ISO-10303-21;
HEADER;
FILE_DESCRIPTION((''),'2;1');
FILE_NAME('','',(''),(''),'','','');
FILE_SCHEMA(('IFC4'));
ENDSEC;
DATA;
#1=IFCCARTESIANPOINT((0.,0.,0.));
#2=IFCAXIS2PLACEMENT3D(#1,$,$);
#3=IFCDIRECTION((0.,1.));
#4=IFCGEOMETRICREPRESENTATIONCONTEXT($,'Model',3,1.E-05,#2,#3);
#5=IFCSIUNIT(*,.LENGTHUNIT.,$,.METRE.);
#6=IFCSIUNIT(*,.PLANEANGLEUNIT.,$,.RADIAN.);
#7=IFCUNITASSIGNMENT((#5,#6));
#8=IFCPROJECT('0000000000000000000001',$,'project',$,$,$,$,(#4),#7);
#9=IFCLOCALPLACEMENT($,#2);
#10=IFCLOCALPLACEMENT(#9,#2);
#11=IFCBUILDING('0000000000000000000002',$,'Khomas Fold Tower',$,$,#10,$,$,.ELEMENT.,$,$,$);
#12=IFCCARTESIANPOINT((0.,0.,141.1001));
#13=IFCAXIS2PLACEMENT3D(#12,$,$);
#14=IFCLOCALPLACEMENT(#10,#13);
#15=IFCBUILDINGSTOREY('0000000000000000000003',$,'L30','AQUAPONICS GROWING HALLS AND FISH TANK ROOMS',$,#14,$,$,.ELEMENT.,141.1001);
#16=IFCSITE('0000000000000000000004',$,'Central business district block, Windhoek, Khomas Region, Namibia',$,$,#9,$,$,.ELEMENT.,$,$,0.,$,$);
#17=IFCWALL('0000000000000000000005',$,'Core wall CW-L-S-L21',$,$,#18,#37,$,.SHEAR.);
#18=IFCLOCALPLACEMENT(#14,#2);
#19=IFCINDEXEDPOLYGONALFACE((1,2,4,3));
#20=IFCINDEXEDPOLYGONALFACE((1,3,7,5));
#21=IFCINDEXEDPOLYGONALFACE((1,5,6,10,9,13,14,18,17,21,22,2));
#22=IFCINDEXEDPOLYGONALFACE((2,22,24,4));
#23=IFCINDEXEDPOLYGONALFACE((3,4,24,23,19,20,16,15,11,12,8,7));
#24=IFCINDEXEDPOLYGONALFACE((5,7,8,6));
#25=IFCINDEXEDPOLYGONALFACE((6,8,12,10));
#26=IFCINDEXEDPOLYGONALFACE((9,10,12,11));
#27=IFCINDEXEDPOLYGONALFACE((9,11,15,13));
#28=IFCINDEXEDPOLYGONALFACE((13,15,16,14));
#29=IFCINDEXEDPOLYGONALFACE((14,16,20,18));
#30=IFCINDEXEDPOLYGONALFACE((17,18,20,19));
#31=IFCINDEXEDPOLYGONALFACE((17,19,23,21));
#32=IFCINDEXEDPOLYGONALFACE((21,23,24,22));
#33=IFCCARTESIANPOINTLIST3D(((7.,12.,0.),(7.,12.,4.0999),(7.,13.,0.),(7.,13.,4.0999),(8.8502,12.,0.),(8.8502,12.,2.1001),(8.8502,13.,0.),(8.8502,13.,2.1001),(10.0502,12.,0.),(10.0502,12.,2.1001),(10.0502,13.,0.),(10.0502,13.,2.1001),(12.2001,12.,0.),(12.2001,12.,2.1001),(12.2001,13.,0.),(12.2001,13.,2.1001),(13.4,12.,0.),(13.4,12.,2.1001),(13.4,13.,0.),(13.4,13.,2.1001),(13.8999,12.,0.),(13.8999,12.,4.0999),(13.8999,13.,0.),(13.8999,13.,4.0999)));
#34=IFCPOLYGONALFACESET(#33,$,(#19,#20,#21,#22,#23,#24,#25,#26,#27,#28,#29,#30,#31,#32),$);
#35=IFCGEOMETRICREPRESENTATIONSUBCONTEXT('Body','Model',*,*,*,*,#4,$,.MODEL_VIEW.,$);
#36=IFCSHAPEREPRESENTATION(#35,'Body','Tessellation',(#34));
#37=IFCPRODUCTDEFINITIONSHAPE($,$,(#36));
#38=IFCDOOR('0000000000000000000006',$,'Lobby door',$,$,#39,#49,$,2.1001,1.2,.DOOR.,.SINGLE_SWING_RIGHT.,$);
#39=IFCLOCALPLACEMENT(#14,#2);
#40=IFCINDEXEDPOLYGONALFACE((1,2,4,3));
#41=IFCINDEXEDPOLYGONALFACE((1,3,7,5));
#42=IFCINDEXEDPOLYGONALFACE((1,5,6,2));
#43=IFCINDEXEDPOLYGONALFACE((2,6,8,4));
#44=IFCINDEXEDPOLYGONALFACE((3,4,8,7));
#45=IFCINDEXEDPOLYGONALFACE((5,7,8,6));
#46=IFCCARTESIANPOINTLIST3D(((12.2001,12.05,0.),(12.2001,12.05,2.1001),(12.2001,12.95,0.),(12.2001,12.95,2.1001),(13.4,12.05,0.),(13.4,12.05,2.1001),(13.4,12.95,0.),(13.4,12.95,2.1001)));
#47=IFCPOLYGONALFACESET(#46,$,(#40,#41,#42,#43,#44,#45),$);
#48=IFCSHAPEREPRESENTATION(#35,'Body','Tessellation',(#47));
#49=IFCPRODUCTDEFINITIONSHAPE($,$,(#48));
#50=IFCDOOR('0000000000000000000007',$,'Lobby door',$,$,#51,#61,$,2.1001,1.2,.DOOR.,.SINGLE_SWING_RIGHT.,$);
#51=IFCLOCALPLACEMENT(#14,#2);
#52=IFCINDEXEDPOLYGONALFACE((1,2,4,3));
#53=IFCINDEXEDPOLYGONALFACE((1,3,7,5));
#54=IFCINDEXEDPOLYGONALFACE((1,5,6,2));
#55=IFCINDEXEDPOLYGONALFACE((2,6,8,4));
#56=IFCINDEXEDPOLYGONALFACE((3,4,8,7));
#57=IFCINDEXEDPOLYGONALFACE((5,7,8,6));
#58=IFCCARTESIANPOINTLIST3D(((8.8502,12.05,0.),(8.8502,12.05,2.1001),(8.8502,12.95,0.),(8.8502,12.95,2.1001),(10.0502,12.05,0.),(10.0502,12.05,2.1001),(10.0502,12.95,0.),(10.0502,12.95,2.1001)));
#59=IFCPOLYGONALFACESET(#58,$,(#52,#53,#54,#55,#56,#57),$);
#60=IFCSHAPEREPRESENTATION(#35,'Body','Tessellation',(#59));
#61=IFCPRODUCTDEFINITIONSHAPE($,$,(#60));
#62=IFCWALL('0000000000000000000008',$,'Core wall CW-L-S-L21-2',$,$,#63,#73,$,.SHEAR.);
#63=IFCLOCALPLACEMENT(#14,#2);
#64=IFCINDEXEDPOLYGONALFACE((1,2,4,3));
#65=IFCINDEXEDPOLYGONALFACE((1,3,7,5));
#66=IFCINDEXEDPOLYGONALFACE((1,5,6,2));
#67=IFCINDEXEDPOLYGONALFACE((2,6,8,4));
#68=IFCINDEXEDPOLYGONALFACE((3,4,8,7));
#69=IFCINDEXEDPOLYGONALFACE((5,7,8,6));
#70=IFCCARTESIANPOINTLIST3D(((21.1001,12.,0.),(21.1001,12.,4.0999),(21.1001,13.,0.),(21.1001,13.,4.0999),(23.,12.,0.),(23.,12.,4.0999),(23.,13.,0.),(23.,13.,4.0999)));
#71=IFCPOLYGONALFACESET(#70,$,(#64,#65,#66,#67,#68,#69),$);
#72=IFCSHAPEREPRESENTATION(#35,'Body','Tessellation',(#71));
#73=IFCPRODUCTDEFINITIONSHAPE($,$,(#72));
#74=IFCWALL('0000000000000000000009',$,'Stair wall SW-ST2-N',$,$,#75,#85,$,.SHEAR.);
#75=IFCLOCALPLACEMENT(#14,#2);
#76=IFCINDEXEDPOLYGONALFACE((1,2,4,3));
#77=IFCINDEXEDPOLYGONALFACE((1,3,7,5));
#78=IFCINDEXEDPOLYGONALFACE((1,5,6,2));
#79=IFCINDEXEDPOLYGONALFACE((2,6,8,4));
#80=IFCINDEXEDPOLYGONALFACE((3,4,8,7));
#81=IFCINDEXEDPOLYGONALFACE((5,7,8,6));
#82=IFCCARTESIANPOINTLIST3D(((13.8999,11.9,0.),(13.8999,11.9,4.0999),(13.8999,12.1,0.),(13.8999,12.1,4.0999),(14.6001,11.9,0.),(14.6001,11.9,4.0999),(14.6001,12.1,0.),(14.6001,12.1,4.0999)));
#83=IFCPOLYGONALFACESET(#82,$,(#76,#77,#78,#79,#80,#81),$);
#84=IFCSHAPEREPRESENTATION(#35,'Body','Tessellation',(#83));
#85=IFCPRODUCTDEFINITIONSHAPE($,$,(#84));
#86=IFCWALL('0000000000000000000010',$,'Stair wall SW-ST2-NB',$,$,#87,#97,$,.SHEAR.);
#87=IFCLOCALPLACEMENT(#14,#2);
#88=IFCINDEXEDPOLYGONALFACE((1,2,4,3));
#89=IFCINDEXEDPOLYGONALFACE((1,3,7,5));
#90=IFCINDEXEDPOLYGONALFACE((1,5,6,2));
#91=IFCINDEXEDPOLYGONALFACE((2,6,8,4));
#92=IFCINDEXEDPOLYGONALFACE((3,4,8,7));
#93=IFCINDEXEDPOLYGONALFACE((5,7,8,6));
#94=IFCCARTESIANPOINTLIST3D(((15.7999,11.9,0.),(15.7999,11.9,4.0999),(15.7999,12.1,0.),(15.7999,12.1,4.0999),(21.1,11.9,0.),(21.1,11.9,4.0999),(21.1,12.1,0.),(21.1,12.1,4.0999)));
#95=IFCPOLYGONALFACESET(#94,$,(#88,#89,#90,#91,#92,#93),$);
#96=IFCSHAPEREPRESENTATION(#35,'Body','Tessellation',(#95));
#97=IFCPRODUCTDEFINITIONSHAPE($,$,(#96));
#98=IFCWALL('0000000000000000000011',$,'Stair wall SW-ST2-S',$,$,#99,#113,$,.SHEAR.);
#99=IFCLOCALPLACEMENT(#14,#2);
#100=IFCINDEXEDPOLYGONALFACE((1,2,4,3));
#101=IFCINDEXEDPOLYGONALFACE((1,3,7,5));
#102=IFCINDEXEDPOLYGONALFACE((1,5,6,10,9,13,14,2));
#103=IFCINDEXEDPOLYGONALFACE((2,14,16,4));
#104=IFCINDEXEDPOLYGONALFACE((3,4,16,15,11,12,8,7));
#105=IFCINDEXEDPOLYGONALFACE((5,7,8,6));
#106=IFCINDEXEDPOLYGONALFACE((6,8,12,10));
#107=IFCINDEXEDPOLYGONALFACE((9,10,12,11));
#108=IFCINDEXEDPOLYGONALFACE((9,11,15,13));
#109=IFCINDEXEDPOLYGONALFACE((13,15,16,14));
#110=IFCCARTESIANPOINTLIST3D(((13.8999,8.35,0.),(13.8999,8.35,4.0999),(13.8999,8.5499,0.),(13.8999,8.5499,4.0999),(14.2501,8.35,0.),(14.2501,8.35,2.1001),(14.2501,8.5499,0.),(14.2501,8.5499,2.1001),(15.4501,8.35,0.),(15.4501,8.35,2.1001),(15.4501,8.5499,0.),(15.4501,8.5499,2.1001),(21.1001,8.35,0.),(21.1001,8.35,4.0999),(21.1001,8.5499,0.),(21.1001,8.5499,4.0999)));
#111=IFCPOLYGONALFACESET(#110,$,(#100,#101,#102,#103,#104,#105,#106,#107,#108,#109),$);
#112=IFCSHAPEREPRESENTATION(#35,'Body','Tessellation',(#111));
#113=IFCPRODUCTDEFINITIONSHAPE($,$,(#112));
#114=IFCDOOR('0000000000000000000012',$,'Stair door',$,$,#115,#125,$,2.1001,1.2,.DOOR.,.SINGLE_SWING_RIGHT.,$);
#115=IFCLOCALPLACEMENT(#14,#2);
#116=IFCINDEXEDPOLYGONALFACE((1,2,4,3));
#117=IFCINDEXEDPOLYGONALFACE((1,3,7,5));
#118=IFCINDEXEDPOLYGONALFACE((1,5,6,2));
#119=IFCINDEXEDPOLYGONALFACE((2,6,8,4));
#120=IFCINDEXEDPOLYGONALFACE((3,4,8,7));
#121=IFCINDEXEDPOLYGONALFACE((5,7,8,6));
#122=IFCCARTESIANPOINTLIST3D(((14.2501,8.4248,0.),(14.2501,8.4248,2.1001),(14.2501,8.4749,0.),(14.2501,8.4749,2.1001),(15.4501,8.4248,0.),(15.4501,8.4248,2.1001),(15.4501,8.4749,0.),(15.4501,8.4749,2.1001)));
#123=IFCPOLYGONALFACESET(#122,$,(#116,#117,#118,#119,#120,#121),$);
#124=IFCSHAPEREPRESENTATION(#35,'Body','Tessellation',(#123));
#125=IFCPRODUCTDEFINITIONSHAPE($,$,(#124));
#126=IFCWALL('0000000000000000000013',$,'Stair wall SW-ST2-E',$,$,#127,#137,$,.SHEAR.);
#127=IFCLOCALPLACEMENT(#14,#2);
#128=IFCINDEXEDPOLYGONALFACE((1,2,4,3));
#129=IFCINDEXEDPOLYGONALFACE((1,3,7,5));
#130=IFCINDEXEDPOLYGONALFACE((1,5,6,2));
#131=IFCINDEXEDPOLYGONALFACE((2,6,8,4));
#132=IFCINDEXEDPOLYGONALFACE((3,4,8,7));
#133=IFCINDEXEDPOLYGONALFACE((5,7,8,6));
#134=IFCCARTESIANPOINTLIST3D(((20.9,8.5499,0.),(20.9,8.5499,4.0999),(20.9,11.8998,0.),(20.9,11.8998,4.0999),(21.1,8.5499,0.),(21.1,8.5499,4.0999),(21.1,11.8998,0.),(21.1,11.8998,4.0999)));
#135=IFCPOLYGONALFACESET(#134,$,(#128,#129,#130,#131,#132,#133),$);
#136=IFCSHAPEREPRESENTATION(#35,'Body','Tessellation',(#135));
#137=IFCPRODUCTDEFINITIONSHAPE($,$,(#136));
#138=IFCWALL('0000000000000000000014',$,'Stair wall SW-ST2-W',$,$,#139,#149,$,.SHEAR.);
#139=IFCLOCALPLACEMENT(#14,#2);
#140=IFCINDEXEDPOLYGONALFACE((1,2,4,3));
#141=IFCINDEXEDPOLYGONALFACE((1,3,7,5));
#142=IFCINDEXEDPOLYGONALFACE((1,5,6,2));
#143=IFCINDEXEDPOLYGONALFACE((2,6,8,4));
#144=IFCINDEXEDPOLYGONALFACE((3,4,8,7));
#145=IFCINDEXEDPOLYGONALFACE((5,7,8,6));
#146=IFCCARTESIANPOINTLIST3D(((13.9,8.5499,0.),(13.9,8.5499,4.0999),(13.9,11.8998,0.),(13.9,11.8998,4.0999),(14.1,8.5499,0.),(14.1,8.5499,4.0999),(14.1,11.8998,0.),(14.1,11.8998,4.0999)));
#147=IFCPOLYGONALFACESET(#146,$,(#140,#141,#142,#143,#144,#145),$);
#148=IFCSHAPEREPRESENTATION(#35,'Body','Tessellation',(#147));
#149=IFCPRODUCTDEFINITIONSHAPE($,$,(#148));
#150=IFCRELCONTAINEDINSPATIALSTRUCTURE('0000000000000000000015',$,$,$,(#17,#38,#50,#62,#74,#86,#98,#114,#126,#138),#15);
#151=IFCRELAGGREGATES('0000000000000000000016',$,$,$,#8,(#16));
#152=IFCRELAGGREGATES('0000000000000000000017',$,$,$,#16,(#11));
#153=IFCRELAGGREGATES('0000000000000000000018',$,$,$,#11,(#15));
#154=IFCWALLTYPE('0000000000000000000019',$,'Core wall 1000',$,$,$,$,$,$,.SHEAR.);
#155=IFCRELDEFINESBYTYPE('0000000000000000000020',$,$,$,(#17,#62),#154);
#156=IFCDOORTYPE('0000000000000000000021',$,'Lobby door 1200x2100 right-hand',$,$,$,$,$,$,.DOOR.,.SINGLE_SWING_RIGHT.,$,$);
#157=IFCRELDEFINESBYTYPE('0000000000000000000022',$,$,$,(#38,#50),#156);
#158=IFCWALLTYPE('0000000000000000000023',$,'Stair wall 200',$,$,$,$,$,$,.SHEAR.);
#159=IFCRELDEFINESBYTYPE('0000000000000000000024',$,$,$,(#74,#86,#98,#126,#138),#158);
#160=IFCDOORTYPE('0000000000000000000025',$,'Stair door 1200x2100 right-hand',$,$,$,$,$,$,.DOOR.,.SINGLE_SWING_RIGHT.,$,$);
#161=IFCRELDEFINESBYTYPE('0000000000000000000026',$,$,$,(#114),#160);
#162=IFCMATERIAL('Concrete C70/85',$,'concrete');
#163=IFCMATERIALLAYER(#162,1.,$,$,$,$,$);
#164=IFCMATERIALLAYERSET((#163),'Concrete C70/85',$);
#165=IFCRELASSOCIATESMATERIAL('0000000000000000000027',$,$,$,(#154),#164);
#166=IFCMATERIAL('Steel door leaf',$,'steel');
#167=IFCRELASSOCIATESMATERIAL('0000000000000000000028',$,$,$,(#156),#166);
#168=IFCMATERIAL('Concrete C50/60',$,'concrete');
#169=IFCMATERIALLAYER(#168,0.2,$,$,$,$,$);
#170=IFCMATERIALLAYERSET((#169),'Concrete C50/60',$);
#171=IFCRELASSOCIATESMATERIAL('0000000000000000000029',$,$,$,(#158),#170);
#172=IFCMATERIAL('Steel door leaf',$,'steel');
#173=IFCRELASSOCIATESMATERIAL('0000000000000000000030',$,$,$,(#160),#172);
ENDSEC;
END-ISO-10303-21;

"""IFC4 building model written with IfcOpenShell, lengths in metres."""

from ifc_helpers import new_model, si_unit, direction, frame, frame_2d, origin, place, context, subcontext, project, spatial, rectangle, extrude, source, transform, mapped, material, layer, layer_set, type_object, element, fill, save


model = new_model("IFC4")

# Units and contexts
model_context = context("Model", 3, precision=1e-05, world=origin(), true_north=direction((0.0, 1.0)))
body_context = subcontext(model_context, "Body", "Model", "MODEL_VIEW")
ifc_project = project(units=[si_unit("LENGTHUNIT", "METRE"), si_unit("PLANEANGLEUNIT", "RADIAN")], contexts=[model_context])

# Site, building, storey
site_placement = place(None, origin())
site = spatial("IfcSite", under=ifc_project, at=site_placement, Name="Central business district block, Windhoek, Khomas Region, Namibia", CompositionType="ELEMENT", RefElevation=0.0)
building_placement = place(site_placement, origin())
building = spatial("IfcBuilding", under=site, at=building_placement, Name="Khomas Fold Tower", CompositionType="ELEMENT")
storey_placement = place(building_placement, frame((0.0, 0.0, 141.1001)))
storey = spatial("IfcBuildingStorey", under=building, at=storey_placement, Name="L30", Description="AQUAPONICS GROWING HALLS AND FISH TANK ROOMS", CompositionType="ELEMENT", Elevation=141.1001)

# Wall, openings, doors
ifc_material_1 = material(Name="Concrete C70/85", Category="concrete")
ifc_layer_1 = layer(ifc_material_1, 1.0)
ifc_layer_set_1 = layer_set([ifc_layer_1], Name="Concrete C70/85")
wall_type_1 = type_object("IfcWallType", Name="Core wall 1000", PredefinedType="SHEAR", material=ifc_layer_set_1)
shared_shape_1 = source(origin(), body_context, "Body", "SweptSolid", [
    extrude(rectangle(XDim=6.8999, YDim=1.0, at=frame_2d((3.45, 0.0))), origin(), (0.0, 0.0, 1.0), 4.0999),
])
wall_1_placement = place(storey_placement, frame((7.0, 12.5, 0.0), z_axis=(0.0, 0.0, 1.0), x_axis=(1.0, 0.0, 0.0)))
wall_1 = element("IfcWall", 1, at=wall_1_placement, inside=storey, type_object=wall_type_1, Name="Core wall CW-L-S-L21", PredefinedType="SHEAR", context=body_context, shape_type="MappedRepresentation", body=[
    mapped(shared_shape_1, transform((0.0, 0.0, 0.0))),
])
shared_shape_2 = source(origin(), body_context, "Body", "SweptSolid", [
    extrude(rectangle(XDim=1.2, YDim=2.1001, at=frame_2d((0.6001, 1.05))), frame((0.0, 0.51, 0.0), z_axis=(0.0, -1.0, 0.0), x_axis=(1.0, 0.0, 0.0)), (0.0, 0.0, 1.0), 1.02),
])
opening_1_placement = place(wall_1_placement, frame((5.2, 0.0, 0.0)))
opening_1 = element("IfcOpeningElement", 2, at=opening_1_placement, cuts=wall_1, PredefinedType="OPENING", context=body_context, shape_type="MappedRepresentation", body=[
    mapped(shared_shape_2, transform((0.0, 0.0, 0.0))),
])
opening_2_placement = place(wall_1_placement, frame((1.8501, 0.0, 0.0)))
opening_2 = element("IfcOpeningElement", 3, at=opening_2_placement, cuts=wall_1, PredefinedType="OPENING", context=body_context, shape_type="MappedRepresentation", body=[
    mapped(shared_shape_2, transform((0.0, 0.0, 0.0))),
])
ifc_material_2 = material(Name="Steel door leaf", Category="steel")
door_type_1 = type_object("IfcDoorType", Name="Lobby door 1200x2100 right-hand", OperationType="SINGLE_SWING_RIGHT", PredefinedType="DOOR", material=ifc_material_2)
shared_shape_3 = source(origin(), body_context, "Body", "SweptSolid", [
    extrude(rectangle(XDim=1.2, YDim=2.1001, at=frame_2d((0.6001, 1.05))), frame((0.0, 0.45, 0.0), z_axis=(0.0, -1.0, 0.0), x_axis=(1.0, 0.0, 0.0)), (0.0, 0.0, 1.0), 0.8999),
])
door_1_placement = place(opening_1_placement, origin())
door_1 = element("IfcDoor", 4, at=door_1_placement, inside=storey, type_object=door_type_1, Name="Lobby door", OperationType="SINGLE_SWING_RIGHT", OverallHeight=2.1001, OverallWidth=1.2, PredefinedType="DOOR", context=body_context, shape_type="MappedRepresentation", body=[
    mapped(shared_shape_3, transform((0.0, 0.0, 0.0))),
])
fill(opening_1, door_1)
door_2_placement = place(opening_2_placement, origin())
door_2 = element("IfcDoor", 5, at=door_2_placement, inside=storey, type_object=door_type_1, Name="Lobby door", OperationType="SINGLE_SWING_RIGHT", OverallHeight=2.1001, OverallWidth=1.2, PredefinedType="DOOR", context=body_context, shape_type="MappedRepresentation", body=[
    mapped(shared_shape_3, transform((0.0, 0.0, 0.0))),
])
fill(opening_2, door_2)

# Walls
shared_shape_4 = source(origin(), body_context, "Body", "SweptSolid", [
    extrude(rectangle(XDim=1.8999, YDim=1.0, at=frame_2d((0.95, 0.0))), origin(), (0.0, 0.0, 1.0), 4.0999),
])
wall_2_placement = place(storey_placement, frame((21.1001, 12.5, 0.0), z_axis=(0.0, 0.0, 1.0), x_axis=(1.0, 0.0, 0.0)))
element("IfcWall", 6, at=wall_2_placement, inside=storey, type_object=wall_type_1, Name="Core wall CW-L-S-L21-2", PredefinedType="SHEAR", context=body_context, shape_type="MappedRepresentation", body=[
    mapped(shared_shape_4, transform((0.0, 0.0, 0.0))),
])
ifc_material_3 = material(Name="Concrete C50/60", Category="concrete")
ifc_layer_2 = layer(ifc_material_3, 0.2)
ifc_layer_set_2 = layer_set([ifc_layer_2], Name="Concrete C50/60")
wall_type_2 = type_object("IfcWallType", Name="Stair wall 200", PredefinedType="SHEAR", material=ifc_layer_set_2)
shared_shape_5 = source(origin(), body_context, "Body", "SweptSolid", [
    extrude(rectangle(XDim=0.7002, YDim=0.2, at=frame_2d((0.3501, 0.0))), origin(), (0.0, 0.0, 1.0), 4.0999),
])
wall_3_placement = place(storey_placement, frame((13.8999, 12.0, 0.0), z_axis=(0.0, 0.0, 1.0), x_axis=(1.0, 0.0, 0.0)))
element("IfcWall", 7, at=wall_3_placement, inside=storey, type_object=wall_type_2, Name="Stair wall SW-ST2-N", PredefinedType="SHEAR", context=body_context, shape_type="MappedRepresentation", body=[
    mapped(shared_shape_5, transform((0.0, 0.0, 0.0))),
])
shared_shape_6 = source(origin(), body_context, "Body", "SweptSolid", [
    extrude(rectangle(XDim=5.3, YDim=0.2, at=frame_2d((2.6499, 0.0))), origin(), (0.0, 0.0, 1.0), 4.0999),
])
wall_4_placement = place(storey_placement, frame((15.8, 12.0, 0.0), z_axis=(0.0, 0.0, 1.0), x_axis=(1.0, 0.0, 0.0)))
element("IfcWall", 8, at=wall_4_placement, inside=storey, type_object=wall_type_2, Name="Stair wall SW-ST2-NB", PredefinedType="SHEAR", context=body_context, shape_type="MappedRepresentation", body=[
    mapped(shared_shape_6, transform((0.0, 0.0, 0.0))),
])

# Wall, opening, door
shared_shape_7 = source(origin(), body_context, "Body", "SweptSolid", [
    extrude(rectangle(XDim=7.2002, YDim=0.2, at=frame_2d((3.6001, 0.0))), origin(), (0.0, 0.0, 1.0), 4.0999),
])
wall_5_placement = place(storey_placement, frame((13.8999, 8.45, 0.0), z_axis=(0.0, 0.0, 1.0), x_axis=(1.0, 0.0, 0.0)))
wall_5 = element("IfcWall", 9, at=wall_5_placement, inside=storey, type_object=wall_type_2, Name="Stair wall SW-ST2-S", PredefinedType="SHEAR", context=body_context, shape_type="MappedRepresentation", body=[
    mapped(shared_shape_7, transform((0.0, 0.0, 0.0))),
])
shared_shape_8 = source(origin(), body_context, "Body", "SweptSolid", [
    extrude(rectangle(XDim=1.2, YDim=2.1001, at=frame_2d((0.6001, 1.05))), frame((0.0, 0.1099, 0.0), z_axis=(0.0, -1.0, 0.0), x_axis=(1.0, 0.0, 0.0)), (0.0, 0.0, 1.0), 0.22),
])
opening_3_placement = place(wall_5_placement, frame((0.3501, 0.0, 0.0)))
opening_3 = element("IfcOpeningElement", 10, at=opening_3_placement, cuts=wall_5, PredefinedType="OPENING", context=body_context, shape_type="MappedRepresentation", body=[
    mapped(shared_shape_8, transform((0.0, 0.0, 0.0))),
])
ifc_material_4 = material(Name="Steel door leaf", Category="steel")
door_type_2 = type_object("IfcDoorType", Name="Stair door 1200x2100 right-hand", OperationType="SINGLE_SWING_RIGHT", PredefinedType="DOOR", material=ifc_material_4)
shared_shape_9 = source(origin(), body_context, "Body", "SweptSolid", [
    extrude(rectangle(XDim=1.2, YDim=2.1001, at=frame_2d((0.6001, 1.05))), frame((0.0, 0.0249, 0.0), z_axis=(0.0, -1.0, 0.0), x_axis=(1.0, 0.0, 0.0)), (0.0, 0.0, 1.0), 0.05),
])
door_3_placement = place(opening_3_placement, origin())
door_3 = element("IfcDoor", 11, at=door_3_placement, inside=storey, type_object=door_type_2, Name="Stair door", OperationType="SINGLE_SWING_RIGHT", OverallHeight=2.1001, OverallWidth=1.2, PredefinedType="DOOR", context=body_context, shape_type="MappedRepresentation", body=[
    mapped(shared_shape_9, transform((0.0, 0.0, 0.0))),
])
fill(opening_3, door_3)

# Walls
shared_shape_10 = source(origin(), body_context, "Body", "SweptSolid", [
    extrude(rectangle(XDim=3.3499, YDim=0.2, at=frame_2d((1.6748, 0.0))), origin(), (0.0, 0.0, 1.0), 4.0999),
])
for number, where, z_axis, x_axis, name in (
    (12, (21.0, 8.55, 0.0), (0.0, 0.0, 1.0), (0.0, 1.0, 0.0), "Stair wall SW-ST2-E"),
    (13, (14.0, 8.55, 0.0), (0.0, 0.0, 1.0), (0.0, 1.0, 0.0), "Stair wall SW-ST2-W"),
):
    element("IfcWall", number, at=place(storey_placement, frame(where, z_axis=z_axis, x_axis=x_axis)), inside=storey, type_object=wall_type_2, Name=name, PredefinedType="SHEAR", context=body_context, shape_type="MappedRepresentation", body=[
        mapped(shared_shape_10, transform((0.0, 0.0, 0.0))),
    ])

save(model, "model.ifc")
